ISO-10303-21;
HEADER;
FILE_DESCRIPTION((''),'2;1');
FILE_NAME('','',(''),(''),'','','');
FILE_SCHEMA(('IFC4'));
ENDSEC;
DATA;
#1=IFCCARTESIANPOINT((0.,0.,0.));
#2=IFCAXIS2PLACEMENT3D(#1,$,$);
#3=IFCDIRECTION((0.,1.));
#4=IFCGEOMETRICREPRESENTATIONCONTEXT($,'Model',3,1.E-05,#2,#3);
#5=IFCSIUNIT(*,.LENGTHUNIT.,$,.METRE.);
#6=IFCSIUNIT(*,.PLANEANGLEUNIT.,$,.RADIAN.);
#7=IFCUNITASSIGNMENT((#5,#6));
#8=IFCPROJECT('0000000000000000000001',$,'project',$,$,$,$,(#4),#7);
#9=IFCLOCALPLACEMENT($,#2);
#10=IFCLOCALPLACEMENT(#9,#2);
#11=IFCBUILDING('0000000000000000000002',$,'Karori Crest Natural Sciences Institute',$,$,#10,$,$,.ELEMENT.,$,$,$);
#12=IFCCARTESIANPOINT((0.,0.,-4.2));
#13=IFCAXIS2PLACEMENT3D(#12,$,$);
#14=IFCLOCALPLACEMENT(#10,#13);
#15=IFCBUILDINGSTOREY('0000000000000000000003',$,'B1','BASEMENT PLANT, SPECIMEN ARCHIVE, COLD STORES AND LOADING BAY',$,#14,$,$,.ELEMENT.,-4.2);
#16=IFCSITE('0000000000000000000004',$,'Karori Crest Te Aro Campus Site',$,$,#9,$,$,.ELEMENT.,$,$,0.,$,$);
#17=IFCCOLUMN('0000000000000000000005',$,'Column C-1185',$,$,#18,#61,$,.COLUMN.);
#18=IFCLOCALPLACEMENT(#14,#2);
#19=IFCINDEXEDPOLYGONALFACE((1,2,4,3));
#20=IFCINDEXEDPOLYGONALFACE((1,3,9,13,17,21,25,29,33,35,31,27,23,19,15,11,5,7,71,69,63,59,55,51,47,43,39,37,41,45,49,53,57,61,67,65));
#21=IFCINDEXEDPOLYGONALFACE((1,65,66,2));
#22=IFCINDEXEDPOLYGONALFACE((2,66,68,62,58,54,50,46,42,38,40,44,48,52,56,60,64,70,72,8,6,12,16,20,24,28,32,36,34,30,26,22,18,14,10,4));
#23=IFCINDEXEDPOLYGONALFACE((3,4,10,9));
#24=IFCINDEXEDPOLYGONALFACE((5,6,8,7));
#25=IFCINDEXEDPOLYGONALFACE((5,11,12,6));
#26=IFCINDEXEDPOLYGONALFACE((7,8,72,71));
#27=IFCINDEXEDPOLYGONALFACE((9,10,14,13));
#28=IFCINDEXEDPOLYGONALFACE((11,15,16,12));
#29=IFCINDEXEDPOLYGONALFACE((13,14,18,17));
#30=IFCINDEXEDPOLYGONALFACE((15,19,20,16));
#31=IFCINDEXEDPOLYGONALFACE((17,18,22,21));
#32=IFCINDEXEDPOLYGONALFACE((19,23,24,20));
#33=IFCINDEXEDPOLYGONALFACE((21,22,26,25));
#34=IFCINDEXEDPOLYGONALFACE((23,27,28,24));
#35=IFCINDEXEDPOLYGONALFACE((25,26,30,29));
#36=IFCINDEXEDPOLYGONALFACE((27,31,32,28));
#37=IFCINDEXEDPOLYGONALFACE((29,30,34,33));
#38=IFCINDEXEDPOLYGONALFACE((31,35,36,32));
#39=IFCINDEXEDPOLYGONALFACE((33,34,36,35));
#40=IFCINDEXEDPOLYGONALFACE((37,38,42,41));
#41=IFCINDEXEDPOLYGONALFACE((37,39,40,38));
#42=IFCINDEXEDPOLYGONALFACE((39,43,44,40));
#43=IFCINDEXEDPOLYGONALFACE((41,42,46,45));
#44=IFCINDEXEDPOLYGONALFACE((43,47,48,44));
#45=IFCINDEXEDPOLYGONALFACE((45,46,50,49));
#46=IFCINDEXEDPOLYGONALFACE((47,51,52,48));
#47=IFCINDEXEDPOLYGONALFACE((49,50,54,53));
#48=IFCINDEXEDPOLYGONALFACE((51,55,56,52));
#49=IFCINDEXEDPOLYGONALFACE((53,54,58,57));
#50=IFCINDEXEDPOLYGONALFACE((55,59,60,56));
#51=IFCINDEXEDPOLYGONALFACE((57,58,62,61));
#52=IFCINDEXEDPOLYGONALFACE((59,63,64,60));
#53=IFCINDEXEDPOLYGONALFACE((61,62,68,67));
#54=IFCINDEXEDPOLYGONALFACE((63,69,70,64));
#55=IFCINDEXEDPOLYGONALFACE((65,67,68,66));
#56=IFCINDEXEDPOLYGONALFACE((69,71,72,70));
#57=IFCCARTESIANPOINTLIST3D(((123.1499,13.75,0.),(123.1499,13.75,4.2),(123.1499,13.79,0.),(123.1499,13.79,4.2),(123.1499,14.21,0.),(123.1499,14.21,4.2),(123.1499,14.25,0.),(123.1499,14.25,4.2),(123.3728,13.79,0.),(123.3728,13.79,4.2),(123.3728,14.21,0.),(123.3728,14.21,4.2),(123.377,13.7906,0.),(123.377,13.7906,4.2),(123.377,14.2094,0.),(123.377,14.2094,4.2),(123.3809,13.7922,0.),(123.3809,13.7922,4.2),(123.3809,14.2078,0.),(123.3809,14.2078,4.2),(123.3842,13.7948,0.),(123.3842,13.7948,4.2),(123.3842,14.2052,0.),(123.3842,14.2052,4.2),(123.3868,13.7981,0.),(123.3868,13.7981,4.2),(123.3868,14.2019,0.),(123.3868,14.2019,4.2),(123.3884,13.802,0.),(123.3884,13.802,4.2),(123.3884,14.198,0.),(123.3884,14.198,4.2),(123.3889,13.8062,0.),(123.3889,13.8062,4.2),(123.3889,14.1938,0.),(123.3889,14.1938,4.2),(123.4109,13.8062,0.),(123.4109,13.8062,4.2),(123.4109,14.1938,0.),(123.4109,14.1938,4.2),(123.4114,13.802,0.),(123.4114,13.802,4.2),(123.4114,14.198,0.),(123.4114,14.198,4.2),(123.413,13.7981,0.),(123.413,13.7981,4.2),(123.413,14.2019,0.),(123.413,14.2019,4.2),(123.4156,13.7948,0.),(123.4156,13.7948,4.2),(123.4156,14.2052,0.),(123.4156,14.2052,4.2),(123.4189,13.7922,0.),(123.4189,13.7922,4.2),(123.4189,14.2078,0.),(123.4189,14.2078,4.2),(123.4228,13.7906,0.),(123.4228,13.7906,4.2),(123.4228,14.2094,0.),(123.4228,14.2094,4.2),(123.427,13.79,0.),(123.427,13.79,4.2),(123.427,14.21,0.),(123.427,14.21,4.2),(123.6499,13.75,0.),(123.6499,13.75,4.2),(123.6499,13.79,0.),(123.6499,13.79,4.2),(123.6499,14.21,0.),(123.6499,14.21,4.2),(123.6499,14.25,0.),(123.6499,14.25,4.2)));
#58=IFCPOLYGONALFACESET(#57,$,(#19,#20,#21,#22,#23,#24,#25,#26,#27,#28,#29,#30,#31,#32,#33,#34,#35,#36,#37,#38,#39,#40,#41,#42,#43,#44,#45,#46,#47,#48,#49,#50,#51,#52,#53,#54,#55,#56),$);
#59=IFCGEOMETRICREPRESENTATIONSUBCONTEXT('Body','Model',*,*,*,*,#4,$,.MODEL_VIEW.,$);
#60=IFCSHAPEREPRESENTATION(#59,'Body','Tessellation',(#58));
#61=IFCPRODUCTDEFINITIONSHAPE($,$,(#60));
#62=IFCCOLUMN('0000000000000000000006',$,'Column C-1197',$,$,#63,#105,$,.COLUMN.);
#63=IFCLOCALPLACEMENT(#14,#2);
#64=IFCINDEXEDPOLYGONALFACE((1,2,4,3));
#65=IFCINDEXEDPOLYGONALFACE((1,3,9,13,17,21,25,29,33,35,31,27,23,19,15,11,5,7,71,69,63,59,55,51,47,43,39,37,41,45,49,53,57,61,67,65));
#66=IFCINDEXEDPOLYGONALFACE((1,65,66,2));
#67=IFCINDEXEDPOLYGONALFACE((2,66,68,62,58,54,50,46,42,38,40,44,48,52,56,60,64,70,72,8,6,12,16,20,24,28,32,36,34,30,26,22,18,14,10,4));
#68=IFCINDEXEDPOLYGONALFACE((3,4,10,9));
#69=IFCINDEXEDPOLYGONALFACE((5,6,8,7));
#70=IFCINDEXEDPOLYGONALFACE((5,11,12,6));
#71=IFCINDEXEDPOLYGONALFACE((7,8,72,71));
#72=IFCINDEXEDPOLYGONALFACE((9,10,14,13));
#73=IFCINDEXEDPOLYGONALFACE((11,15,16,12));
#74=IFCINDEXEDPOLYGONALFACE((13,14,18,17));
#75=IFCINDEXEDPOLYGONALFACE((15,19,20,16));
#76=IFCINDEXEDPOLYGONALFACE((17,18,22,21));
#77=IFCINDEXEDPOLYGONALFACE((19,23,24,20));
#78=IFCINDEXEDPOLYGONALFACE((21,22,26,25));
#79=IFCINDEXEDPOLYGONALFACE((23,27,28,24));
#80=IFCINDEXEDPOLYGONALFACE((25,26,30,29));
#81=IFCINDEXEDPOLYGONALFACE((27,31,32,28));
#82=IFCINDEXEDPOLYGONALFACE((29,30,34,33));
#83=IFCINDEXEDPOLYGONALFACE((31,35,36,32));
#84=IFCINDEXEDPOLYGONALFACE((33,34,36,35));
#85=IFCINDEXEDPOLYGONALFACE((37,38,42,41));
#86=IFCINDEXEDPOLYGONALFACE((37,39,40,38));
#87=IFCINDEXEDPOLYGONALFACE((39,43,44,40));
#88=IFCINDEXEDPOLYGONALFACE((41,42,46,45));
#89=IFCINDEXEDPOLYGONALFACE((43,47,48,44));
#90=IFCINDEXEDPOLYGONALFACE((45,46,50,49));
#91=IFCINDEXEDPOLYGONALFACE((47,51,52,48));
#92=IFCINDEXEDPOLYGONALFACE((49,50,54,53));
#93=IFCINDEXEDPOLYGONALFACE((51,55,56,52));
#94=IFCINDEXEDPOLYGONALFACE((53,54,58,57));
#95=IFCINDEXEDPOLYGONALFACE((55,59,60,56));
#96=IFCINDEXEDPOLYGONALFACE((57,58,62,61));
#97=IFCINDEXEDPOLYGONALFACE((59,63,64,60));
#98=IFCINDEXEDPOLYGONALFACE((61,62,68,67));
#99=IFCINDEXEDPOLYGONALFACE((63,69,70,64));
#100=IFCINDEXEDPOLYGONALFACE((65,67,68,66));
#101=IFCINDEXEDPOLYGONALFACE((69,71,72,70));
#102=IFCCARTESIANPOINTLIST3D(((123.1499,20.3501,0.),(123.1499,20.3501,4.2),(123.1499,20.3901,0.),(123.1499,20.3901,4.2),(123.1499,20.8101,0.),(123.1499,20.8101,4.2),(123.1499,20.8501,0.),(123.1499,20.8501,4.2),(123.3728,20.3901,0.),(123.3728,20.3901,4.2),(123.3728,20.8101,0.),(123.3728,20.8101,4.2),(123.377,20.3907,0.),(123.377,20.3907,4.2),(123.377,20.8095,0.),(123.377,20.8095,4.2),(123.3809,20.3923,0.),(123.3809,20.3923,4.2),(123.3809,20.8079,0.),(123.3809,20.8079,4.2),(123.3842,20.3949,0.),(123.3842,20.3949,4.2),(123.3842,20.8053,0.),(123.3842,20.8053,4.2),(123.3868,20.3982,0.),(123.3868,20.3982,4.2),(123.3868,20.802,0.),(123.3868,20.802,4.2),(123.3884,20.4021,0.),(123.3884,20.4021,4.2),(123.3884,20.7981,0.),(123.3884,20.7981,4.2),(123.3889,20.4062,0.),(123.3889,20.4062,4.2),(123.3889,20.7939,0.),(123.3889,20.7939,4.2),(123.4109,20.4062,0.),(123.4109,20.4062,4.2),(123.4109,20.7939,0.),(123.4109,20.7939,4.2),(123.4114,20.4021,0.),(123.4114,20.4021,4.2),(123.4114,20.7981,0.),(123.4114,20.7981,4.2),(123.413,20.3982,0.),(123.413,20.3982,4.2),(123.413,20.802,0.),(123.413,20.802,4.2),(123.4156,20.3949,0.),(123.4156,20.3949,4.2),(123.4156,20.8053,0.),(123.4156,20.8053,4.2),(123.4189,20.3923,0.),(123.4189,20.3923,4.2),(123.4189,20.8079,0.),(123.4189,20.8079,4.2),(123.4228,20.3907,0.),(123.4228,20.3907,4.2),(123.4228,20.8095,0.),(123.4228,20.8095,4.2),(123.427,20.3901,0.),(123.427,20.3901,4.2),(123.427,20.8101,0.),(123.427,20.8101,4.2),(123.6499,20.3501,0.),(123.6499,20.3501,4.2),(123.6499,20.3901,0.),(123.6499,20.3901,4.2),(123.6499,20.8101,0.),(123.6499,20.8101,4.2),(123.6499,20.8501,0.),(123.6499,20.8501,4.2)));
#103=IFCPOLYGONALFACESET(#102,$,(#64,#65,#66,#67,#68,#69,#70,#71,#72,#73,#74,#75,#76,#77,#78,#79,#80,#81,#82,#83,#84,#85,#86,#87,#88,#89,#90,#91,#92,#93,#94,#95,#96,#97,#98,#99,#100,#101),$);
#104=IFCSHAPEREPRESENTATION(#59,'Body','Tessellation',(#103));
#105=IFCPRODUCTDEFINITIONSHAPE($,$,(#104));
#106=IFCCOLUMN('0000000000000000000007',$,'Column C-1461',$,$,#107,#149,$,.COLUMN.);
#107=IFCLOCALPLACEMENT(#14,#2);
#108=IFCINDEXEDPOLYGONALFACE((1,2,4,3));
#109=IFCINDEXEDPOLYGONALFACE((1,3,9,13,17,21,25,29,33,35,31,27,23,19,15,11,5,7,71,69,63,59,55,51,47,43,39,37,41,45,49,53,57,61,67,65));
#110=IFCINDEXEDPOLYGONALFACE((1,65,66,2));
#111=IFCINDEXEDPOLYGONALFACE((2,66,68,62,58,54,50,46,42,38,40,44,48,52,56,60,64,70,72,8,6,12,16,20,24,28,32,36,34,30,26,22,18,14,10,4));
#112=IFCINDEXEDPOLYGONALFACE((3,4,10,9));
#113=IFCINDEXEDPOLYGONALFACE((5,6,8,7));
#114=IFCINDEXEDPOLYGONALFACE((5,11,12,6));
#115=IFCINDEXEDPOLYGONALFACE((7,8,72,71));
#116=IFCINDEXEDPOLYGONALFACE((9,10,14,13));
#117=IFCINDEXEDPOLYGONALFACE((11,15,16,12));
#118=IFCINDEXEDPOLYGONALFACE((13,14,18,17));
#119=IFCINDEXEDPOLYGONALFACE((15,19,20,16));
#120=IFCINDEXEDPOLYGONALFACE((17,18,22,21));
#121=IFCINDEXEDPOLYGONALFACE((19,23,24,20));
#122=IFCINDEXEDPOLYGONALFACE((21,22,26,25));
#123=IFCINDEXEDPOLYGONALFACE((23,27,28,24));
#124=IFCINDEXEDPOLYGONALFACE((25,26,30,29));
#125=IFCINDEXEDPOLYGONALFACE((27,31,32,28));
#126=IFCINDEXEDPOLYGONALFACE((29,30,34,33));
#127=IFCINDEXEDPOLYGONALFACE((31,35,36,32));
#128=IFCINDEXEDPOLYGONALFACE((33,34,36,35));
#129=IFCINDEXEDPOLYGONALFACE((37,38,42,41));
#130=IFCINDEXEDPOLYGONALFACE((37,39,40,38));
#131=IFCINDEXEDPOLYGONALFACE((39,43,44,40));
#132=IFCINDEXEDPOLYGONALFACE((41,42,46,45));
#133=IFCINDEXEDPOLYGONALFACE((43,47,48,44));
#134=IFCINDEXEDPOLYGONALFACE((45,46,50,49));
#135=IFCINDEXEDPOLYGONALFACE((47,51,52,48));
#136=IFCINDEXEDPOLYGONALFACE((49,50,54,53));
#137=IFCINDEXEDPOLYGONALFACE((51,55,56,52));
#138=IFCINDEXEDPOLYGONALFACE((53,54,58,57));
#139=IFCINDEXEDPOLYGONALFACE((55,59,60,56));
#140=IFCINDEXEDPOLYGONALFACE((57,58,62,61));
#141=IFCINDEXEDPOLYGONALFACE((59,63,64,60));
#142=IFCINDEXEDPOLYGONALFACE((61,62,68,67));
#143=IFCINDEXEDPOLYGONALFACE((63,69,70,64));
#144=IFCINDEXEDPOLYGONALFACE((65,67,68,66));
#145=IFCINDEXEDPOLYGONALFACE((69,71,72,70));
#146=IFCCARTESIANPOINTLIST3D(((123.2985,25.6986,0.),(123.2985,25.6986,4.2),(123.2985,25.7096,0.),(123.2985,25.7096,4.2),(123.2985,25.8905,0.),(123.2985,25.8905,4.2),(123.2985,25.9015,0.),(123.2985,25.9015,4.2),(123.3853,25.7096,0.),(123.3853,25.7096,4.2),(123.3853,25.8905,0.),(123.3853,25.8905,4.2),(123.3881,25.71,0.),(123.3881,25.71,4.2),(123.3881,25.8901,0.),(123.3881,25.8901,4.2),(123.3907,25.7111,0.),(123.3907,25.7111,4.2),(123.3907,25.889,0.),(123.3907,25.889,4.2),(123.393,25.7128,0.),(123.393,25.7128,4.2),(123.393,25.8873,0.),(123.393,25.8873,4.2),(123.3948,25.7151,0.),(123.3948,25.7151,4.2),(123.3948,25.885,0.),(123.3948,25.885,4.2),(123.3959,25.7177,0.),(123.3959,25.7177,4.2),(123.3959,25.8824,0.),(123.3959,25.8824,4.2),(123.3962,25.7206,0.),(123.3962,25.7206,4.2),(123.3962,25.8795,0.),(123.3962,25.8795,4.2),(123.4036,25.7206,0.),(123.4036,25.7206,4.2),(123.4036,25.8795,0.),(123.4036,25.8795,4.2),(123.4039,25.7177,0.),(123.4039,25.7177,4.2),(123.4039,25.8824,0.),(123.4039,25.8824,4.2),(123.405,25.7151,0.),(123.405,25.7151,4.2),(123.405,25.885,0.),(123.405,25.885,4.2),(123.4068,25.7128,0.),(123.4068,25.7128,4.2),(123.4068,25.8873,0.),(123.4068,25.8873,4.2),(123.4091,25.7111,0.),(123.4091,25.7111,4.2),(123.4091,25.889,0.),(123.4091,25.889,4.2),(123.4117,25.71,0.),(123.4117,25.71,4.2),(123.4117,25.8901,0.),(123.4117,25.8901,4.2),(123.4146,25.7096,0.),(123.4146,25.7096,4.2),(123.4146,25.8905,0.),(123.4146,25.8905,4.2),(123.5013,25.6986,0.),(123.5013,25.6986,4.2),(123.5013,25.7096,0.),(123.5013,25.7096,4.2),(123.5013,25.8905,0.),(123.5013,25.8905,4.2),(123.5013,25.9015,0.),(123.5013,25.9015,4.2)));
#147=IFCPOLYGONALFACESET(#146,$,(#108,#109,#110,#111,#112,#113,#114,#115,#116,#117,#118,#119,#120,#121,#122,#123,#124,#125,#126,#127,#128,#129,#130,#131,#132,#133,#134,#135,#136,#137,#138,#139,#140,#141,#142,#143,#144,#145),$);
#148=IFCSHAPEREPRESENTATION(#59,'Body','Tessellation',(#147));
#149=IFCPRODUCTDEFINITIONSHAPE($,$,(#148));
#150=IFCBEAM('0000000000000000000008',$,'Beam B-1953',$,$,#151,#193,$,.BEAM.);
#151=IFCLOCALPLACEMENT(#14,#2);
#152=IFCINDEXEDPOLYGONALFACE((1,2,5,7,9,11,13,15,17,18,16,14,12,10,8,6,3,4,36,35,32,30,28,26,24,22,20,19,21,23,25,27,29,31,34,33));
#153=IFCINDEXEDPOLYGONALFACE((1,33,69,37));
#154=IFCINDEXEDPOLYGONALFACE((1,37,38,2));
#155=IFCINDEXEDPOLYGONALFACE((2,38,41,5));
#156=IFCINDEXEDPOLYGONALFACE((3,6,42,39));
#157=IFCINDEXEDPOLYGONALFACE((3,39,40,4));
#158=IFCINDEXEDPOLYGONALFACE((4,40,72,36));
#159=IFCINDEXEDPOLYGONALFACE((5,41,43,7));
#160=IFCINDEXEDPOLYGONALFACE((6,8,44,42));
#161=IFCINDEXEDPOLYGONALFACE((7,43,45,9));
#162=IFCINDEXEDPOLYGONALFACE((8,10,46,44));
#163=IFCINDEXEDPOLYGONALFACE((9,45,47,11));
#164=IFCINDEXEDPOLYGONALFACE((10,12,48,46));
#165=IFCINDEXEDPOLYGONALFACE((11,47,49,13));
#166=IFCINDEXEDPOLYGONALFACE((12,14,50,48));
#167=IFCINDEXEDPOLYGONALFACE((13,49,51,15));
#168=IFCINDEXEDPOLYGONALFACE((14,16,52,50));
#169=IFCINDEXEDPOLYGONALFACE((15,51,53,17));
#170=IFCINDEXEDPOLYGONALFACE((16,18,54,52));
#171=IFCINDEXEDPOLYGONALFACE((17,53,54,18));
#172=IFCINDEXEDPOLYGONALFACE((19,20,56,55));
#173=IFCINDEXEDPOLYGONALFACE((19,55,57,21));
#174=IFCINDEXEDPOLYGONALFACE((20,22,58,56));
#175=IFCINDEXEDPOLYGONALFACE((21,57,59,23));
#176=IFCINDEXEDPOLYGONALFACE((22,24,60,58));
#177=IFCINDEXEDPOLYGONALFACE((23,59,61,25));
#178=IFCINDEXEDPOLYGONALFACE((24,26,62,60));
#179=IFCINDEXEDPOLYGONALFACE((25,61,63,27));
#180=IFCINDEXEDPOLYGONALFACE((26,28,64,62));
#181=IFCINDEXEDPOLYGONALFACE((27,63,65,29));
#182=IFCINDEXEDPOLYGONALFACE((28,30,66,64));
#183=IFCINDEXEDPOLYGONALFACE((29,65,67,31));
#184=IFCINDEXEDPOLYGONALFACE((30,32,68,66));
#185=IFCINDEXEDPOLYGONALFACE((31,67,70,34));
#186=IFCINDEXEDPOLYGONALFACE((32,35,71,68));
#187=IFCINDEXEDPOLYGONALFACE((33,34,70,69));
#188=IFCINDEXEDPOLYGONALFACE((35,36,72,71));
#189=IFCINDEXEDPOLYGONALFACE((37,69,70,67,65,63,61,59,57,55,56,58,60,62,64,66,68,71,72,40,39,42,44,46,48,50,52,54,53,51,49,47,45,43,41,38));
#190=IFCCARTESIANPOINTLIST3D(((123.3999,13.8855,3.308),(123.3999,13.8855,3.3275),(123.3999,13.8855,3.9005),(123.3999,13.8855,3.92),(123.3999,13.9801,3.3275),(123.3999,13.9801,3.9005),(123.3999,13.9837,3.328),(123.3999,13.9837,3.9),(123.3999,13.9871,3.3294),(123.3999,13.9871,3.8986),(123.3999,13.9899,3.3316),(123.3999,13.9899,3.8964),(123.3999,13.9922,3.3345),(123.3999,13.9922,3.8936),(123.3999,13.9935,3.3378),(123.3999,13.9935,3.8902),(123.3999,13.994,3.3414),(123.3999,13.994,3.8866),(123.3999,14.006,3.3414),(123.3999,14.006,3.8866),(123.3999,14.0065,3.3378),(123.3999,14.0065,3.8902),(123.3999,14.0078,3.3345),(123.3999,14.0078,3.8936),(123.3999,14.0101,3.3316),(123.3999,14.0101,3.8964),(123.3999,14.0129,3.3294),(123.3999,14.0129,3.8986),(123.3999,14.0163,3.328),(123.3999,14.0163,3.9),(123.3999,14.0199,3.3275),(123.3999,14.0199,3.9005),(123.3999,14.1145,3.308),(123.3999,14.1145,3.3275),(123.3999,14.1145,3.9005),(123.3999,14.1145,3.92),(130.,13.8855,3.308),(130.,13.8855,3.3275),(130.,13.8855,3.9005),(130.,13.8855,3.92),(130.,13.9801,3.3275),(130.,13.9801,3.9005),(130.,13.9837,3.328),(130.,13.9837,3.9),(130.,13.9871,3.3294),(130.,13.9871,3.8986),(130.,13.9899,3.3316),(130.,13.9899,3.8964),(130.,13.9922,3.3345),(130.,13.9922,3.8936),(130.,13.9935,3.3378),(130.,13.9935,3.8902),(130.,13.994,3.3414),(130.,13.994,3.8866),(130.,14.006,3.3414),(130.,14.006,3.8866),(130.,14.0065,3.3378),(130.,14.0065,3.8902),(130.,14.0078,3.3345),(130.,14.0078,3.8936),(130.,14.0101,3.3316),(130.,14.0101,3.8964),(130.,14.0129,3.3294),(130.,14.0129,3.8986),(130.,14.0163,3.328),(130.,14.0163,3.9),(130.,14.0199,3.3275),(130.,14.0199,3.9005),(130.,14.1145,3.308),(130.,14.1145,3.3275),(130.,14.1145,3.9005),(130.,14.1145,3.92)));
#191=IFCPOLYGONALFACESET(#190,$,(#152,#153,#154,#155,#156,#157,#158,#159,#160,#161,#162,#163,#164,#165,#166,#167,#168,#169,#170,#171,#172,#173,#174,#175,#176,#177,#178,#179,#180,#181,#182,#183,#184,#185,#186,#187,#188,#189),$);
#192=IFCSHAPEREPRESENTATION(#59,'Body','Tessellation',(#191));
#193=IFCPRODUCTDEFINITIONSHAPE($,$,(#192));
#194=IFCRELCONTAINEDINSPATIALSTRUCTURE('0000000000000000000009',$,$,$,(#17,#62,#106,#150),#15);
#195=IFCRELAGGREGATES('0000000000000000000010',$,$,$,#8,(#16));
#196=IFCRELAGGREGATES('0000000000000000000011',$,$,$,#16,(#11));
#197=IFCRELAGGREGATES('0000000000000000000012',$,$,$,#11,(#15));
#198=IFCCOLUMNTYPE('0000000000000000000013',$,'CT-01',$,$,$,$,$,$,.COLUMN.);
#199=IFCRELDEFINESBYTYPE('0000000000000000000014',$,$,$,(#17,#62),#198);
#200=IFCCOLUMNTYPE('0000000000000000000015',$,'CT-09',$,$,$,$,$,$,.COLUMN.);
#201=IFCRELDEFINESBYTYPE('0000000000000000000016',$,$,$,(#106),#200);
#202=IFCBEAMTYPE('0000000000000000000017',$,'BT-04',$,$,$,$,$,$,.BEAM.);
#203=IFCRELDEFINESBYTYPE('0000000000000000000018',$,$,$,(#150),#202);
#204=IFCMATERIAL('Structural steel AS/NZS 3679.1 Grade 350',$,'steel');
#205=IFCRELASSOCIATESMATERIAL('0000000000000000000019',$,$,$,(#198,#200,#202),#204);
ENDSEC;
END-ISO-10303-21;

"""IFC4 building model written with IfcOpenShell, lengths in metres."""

from ifc_helpers import new_model, si_unit, direction, frame, origin, origin_2d, place, context, subcontext, project, spatial, i_section, extrude, material, material_profile, profile_set, type_object, element, save


model = new_model("IFC4")

# Units and contexts
model_context = context("Model", 3, precision=1e-05, world=origin(), true_north=direction((0.0, 1.0)))
body_context = subcontext(model_context, "Body", "Model", "MODEL_VIEW")
ifc_project = project(units=[si_unit("LENGTHUNIT", "METRE"), si_unit("PLANEANGLEUNIT", "RADIAN")], contexts=[model_context])

# Site, building, storey
site_placement = place(None, origin())
site = spatial("IfcSite", under=ifc_project, at=site_placement, Name="Karori Crest Te Aro Campus Site", CompositionType="ELEMENT", RefElevation=0.0)
building_placement = place(site_placement, origin())
building = spatial("IfcBuilding", under=site, at=building_placement, Name="Karori Crest Natural Sciences Institute", CompositionType="ELEMENT")
storey_placement = place(building_placement, frame((0.0, 0.0, -4.2)))
storey = spatial("IfcBuildingStorey", under=building, at=storey_placement, Name="B1", Description="BASEMENT PLANT, SPECIMEN ARCHIVE, COLD STORES AND LOADING BAY", CompositionType="ELEMENT", Elevation=-4.2)

# Columns
ifc_material_1 = material(Name="Structural steel AS/NZS 3679.1 Grade 350", Category="steel")
ifc_material_profile_1 = material_profile(ifc_material_1, i_section(OverallWidth=0.5, OverallDepth=0.5, WebThickness=0.022, FlangeThickness=0.04, FilletRadius=0.0161, at=origin_2d()), Name="500WC440")
ifc_profile_set_1 = profile_set([ifc_material_profile_1], Name="Structural steel AS/NZS 3679.1 Grade 350")
column_type_1 = type_object("IfcColumnType", Name="CT-01", PredefinedType="COLUMN", material=ifc_profile_set_1)
for number, where, z_axis, x_axis, name in (
    (1, (123.3999, 14.0, 0.0), (0.0, 0.0, 1.0), (1.0, 0.0, 0.0), "Column C-1185"),
    (2, (123.3999, 20.6001, 0.0), (0.0, 0.0, 1.0), (1.0, 0.0, 0.0), "Column C-1197"),
):
    element("IfcColumn", number, at=place(storey_placement, frame(where, z_axis=z_axis, x_axis=x_axis)), inside=storey, type_object=column_type_1, Name=name, PredefinedType="COLUMN", context=body_context, shape_type="SweptSolid", body=[
        extrude(i_section(OverallWidth=0.5, OverallDepth=0.5, WebThickness=0.022, FlangeThickness=0.04, FilletRadius=0.0161, at=origin_2d()), origin(), (0.0, 0.0, 1.0), 4.2),
    ])
ifc_material_profile_2 = material_profile(ifc_material_1, i_section(OverallWidth=0.2029, OverallDepth=0.2029, WebThickness=0.0073, FlangeThickness=0.011, FilletRadius=0.011, at=origin_2d()), Name="200UC46.2")
ifc_profile_set_2 = profile_set([ifc_material_profile_2], Name="Structural steel AS/NZS 3679.1 Grade 350")
column_type_2 = type_object("IfcColumnType", Name="CT-09", PredefinedType="COLUMN", material=ifc_profile_set_2)
column_placement = place(storey_placement, frame((123.3999, 25.8, 0.0), z_axis=(0.0, 0.0, 1.0), x_axis=(1.0, 0.0, 0.0)))
element("IfcColumn", 3, at=column_placement, inside=storey, type_object=column_type_2, Name="Column C-1461", PredefinedType="COLUMN", context=body_context, shape_type="SweptSolid", body=[
    extrude(i_section(OverallWidth=0.2029, OverallDepth=0.2029, WebThickness=0.0073, FlangeThickness=0.011, FilletRadius=0.011, at=origin_2d()), origin(), (0.0, 0.0, 1.0), 4.2),
])

# Beam
ifc_material_profile_3 = material_profile(ifc_material_1, i_section(OverallWidth=0.229, OverallDepth=0.6121, WebThickness=0.012, FlangeThickness=0.0195, FilletRadius=0.0139, at=origin_2d()), Name="610UB125")
ifc_profile_set_3 = profile_set([ifc_material_profile_3], Name="Structural steel AS/NZS 3679.1 Grade 350")
beam_type_1 = type_object("IfcBeamType", Name="BT-04", PredefinedType="BEAM", material=ifc_profile_set_3)
beam_1_placement = place(storey_placement, frame((123.3999, 14.0, 3.614), z_axis=(1.0, 0.0, 0.0), x_axis=(0.0, 1.0, 0.0)))
element("IfcBeam", 4, at=beam_1_placement, inside=storey, type_object=beam_type_1, Name="Beam B-1953", PredefinedType="BEAM", context=body_context, shape_type="SweptSolid", body=[
    extrude(i_section(OverallWidth=0.229, OverallDepth=0.6121, WebThickness=0.012, FlangeThickness=0.0195, FilletRadius=0.0139, at=origin_2d()), origin(), (0.0, 0.0, 1.0), 6.6001),
])

save(model, "model.ifc")
